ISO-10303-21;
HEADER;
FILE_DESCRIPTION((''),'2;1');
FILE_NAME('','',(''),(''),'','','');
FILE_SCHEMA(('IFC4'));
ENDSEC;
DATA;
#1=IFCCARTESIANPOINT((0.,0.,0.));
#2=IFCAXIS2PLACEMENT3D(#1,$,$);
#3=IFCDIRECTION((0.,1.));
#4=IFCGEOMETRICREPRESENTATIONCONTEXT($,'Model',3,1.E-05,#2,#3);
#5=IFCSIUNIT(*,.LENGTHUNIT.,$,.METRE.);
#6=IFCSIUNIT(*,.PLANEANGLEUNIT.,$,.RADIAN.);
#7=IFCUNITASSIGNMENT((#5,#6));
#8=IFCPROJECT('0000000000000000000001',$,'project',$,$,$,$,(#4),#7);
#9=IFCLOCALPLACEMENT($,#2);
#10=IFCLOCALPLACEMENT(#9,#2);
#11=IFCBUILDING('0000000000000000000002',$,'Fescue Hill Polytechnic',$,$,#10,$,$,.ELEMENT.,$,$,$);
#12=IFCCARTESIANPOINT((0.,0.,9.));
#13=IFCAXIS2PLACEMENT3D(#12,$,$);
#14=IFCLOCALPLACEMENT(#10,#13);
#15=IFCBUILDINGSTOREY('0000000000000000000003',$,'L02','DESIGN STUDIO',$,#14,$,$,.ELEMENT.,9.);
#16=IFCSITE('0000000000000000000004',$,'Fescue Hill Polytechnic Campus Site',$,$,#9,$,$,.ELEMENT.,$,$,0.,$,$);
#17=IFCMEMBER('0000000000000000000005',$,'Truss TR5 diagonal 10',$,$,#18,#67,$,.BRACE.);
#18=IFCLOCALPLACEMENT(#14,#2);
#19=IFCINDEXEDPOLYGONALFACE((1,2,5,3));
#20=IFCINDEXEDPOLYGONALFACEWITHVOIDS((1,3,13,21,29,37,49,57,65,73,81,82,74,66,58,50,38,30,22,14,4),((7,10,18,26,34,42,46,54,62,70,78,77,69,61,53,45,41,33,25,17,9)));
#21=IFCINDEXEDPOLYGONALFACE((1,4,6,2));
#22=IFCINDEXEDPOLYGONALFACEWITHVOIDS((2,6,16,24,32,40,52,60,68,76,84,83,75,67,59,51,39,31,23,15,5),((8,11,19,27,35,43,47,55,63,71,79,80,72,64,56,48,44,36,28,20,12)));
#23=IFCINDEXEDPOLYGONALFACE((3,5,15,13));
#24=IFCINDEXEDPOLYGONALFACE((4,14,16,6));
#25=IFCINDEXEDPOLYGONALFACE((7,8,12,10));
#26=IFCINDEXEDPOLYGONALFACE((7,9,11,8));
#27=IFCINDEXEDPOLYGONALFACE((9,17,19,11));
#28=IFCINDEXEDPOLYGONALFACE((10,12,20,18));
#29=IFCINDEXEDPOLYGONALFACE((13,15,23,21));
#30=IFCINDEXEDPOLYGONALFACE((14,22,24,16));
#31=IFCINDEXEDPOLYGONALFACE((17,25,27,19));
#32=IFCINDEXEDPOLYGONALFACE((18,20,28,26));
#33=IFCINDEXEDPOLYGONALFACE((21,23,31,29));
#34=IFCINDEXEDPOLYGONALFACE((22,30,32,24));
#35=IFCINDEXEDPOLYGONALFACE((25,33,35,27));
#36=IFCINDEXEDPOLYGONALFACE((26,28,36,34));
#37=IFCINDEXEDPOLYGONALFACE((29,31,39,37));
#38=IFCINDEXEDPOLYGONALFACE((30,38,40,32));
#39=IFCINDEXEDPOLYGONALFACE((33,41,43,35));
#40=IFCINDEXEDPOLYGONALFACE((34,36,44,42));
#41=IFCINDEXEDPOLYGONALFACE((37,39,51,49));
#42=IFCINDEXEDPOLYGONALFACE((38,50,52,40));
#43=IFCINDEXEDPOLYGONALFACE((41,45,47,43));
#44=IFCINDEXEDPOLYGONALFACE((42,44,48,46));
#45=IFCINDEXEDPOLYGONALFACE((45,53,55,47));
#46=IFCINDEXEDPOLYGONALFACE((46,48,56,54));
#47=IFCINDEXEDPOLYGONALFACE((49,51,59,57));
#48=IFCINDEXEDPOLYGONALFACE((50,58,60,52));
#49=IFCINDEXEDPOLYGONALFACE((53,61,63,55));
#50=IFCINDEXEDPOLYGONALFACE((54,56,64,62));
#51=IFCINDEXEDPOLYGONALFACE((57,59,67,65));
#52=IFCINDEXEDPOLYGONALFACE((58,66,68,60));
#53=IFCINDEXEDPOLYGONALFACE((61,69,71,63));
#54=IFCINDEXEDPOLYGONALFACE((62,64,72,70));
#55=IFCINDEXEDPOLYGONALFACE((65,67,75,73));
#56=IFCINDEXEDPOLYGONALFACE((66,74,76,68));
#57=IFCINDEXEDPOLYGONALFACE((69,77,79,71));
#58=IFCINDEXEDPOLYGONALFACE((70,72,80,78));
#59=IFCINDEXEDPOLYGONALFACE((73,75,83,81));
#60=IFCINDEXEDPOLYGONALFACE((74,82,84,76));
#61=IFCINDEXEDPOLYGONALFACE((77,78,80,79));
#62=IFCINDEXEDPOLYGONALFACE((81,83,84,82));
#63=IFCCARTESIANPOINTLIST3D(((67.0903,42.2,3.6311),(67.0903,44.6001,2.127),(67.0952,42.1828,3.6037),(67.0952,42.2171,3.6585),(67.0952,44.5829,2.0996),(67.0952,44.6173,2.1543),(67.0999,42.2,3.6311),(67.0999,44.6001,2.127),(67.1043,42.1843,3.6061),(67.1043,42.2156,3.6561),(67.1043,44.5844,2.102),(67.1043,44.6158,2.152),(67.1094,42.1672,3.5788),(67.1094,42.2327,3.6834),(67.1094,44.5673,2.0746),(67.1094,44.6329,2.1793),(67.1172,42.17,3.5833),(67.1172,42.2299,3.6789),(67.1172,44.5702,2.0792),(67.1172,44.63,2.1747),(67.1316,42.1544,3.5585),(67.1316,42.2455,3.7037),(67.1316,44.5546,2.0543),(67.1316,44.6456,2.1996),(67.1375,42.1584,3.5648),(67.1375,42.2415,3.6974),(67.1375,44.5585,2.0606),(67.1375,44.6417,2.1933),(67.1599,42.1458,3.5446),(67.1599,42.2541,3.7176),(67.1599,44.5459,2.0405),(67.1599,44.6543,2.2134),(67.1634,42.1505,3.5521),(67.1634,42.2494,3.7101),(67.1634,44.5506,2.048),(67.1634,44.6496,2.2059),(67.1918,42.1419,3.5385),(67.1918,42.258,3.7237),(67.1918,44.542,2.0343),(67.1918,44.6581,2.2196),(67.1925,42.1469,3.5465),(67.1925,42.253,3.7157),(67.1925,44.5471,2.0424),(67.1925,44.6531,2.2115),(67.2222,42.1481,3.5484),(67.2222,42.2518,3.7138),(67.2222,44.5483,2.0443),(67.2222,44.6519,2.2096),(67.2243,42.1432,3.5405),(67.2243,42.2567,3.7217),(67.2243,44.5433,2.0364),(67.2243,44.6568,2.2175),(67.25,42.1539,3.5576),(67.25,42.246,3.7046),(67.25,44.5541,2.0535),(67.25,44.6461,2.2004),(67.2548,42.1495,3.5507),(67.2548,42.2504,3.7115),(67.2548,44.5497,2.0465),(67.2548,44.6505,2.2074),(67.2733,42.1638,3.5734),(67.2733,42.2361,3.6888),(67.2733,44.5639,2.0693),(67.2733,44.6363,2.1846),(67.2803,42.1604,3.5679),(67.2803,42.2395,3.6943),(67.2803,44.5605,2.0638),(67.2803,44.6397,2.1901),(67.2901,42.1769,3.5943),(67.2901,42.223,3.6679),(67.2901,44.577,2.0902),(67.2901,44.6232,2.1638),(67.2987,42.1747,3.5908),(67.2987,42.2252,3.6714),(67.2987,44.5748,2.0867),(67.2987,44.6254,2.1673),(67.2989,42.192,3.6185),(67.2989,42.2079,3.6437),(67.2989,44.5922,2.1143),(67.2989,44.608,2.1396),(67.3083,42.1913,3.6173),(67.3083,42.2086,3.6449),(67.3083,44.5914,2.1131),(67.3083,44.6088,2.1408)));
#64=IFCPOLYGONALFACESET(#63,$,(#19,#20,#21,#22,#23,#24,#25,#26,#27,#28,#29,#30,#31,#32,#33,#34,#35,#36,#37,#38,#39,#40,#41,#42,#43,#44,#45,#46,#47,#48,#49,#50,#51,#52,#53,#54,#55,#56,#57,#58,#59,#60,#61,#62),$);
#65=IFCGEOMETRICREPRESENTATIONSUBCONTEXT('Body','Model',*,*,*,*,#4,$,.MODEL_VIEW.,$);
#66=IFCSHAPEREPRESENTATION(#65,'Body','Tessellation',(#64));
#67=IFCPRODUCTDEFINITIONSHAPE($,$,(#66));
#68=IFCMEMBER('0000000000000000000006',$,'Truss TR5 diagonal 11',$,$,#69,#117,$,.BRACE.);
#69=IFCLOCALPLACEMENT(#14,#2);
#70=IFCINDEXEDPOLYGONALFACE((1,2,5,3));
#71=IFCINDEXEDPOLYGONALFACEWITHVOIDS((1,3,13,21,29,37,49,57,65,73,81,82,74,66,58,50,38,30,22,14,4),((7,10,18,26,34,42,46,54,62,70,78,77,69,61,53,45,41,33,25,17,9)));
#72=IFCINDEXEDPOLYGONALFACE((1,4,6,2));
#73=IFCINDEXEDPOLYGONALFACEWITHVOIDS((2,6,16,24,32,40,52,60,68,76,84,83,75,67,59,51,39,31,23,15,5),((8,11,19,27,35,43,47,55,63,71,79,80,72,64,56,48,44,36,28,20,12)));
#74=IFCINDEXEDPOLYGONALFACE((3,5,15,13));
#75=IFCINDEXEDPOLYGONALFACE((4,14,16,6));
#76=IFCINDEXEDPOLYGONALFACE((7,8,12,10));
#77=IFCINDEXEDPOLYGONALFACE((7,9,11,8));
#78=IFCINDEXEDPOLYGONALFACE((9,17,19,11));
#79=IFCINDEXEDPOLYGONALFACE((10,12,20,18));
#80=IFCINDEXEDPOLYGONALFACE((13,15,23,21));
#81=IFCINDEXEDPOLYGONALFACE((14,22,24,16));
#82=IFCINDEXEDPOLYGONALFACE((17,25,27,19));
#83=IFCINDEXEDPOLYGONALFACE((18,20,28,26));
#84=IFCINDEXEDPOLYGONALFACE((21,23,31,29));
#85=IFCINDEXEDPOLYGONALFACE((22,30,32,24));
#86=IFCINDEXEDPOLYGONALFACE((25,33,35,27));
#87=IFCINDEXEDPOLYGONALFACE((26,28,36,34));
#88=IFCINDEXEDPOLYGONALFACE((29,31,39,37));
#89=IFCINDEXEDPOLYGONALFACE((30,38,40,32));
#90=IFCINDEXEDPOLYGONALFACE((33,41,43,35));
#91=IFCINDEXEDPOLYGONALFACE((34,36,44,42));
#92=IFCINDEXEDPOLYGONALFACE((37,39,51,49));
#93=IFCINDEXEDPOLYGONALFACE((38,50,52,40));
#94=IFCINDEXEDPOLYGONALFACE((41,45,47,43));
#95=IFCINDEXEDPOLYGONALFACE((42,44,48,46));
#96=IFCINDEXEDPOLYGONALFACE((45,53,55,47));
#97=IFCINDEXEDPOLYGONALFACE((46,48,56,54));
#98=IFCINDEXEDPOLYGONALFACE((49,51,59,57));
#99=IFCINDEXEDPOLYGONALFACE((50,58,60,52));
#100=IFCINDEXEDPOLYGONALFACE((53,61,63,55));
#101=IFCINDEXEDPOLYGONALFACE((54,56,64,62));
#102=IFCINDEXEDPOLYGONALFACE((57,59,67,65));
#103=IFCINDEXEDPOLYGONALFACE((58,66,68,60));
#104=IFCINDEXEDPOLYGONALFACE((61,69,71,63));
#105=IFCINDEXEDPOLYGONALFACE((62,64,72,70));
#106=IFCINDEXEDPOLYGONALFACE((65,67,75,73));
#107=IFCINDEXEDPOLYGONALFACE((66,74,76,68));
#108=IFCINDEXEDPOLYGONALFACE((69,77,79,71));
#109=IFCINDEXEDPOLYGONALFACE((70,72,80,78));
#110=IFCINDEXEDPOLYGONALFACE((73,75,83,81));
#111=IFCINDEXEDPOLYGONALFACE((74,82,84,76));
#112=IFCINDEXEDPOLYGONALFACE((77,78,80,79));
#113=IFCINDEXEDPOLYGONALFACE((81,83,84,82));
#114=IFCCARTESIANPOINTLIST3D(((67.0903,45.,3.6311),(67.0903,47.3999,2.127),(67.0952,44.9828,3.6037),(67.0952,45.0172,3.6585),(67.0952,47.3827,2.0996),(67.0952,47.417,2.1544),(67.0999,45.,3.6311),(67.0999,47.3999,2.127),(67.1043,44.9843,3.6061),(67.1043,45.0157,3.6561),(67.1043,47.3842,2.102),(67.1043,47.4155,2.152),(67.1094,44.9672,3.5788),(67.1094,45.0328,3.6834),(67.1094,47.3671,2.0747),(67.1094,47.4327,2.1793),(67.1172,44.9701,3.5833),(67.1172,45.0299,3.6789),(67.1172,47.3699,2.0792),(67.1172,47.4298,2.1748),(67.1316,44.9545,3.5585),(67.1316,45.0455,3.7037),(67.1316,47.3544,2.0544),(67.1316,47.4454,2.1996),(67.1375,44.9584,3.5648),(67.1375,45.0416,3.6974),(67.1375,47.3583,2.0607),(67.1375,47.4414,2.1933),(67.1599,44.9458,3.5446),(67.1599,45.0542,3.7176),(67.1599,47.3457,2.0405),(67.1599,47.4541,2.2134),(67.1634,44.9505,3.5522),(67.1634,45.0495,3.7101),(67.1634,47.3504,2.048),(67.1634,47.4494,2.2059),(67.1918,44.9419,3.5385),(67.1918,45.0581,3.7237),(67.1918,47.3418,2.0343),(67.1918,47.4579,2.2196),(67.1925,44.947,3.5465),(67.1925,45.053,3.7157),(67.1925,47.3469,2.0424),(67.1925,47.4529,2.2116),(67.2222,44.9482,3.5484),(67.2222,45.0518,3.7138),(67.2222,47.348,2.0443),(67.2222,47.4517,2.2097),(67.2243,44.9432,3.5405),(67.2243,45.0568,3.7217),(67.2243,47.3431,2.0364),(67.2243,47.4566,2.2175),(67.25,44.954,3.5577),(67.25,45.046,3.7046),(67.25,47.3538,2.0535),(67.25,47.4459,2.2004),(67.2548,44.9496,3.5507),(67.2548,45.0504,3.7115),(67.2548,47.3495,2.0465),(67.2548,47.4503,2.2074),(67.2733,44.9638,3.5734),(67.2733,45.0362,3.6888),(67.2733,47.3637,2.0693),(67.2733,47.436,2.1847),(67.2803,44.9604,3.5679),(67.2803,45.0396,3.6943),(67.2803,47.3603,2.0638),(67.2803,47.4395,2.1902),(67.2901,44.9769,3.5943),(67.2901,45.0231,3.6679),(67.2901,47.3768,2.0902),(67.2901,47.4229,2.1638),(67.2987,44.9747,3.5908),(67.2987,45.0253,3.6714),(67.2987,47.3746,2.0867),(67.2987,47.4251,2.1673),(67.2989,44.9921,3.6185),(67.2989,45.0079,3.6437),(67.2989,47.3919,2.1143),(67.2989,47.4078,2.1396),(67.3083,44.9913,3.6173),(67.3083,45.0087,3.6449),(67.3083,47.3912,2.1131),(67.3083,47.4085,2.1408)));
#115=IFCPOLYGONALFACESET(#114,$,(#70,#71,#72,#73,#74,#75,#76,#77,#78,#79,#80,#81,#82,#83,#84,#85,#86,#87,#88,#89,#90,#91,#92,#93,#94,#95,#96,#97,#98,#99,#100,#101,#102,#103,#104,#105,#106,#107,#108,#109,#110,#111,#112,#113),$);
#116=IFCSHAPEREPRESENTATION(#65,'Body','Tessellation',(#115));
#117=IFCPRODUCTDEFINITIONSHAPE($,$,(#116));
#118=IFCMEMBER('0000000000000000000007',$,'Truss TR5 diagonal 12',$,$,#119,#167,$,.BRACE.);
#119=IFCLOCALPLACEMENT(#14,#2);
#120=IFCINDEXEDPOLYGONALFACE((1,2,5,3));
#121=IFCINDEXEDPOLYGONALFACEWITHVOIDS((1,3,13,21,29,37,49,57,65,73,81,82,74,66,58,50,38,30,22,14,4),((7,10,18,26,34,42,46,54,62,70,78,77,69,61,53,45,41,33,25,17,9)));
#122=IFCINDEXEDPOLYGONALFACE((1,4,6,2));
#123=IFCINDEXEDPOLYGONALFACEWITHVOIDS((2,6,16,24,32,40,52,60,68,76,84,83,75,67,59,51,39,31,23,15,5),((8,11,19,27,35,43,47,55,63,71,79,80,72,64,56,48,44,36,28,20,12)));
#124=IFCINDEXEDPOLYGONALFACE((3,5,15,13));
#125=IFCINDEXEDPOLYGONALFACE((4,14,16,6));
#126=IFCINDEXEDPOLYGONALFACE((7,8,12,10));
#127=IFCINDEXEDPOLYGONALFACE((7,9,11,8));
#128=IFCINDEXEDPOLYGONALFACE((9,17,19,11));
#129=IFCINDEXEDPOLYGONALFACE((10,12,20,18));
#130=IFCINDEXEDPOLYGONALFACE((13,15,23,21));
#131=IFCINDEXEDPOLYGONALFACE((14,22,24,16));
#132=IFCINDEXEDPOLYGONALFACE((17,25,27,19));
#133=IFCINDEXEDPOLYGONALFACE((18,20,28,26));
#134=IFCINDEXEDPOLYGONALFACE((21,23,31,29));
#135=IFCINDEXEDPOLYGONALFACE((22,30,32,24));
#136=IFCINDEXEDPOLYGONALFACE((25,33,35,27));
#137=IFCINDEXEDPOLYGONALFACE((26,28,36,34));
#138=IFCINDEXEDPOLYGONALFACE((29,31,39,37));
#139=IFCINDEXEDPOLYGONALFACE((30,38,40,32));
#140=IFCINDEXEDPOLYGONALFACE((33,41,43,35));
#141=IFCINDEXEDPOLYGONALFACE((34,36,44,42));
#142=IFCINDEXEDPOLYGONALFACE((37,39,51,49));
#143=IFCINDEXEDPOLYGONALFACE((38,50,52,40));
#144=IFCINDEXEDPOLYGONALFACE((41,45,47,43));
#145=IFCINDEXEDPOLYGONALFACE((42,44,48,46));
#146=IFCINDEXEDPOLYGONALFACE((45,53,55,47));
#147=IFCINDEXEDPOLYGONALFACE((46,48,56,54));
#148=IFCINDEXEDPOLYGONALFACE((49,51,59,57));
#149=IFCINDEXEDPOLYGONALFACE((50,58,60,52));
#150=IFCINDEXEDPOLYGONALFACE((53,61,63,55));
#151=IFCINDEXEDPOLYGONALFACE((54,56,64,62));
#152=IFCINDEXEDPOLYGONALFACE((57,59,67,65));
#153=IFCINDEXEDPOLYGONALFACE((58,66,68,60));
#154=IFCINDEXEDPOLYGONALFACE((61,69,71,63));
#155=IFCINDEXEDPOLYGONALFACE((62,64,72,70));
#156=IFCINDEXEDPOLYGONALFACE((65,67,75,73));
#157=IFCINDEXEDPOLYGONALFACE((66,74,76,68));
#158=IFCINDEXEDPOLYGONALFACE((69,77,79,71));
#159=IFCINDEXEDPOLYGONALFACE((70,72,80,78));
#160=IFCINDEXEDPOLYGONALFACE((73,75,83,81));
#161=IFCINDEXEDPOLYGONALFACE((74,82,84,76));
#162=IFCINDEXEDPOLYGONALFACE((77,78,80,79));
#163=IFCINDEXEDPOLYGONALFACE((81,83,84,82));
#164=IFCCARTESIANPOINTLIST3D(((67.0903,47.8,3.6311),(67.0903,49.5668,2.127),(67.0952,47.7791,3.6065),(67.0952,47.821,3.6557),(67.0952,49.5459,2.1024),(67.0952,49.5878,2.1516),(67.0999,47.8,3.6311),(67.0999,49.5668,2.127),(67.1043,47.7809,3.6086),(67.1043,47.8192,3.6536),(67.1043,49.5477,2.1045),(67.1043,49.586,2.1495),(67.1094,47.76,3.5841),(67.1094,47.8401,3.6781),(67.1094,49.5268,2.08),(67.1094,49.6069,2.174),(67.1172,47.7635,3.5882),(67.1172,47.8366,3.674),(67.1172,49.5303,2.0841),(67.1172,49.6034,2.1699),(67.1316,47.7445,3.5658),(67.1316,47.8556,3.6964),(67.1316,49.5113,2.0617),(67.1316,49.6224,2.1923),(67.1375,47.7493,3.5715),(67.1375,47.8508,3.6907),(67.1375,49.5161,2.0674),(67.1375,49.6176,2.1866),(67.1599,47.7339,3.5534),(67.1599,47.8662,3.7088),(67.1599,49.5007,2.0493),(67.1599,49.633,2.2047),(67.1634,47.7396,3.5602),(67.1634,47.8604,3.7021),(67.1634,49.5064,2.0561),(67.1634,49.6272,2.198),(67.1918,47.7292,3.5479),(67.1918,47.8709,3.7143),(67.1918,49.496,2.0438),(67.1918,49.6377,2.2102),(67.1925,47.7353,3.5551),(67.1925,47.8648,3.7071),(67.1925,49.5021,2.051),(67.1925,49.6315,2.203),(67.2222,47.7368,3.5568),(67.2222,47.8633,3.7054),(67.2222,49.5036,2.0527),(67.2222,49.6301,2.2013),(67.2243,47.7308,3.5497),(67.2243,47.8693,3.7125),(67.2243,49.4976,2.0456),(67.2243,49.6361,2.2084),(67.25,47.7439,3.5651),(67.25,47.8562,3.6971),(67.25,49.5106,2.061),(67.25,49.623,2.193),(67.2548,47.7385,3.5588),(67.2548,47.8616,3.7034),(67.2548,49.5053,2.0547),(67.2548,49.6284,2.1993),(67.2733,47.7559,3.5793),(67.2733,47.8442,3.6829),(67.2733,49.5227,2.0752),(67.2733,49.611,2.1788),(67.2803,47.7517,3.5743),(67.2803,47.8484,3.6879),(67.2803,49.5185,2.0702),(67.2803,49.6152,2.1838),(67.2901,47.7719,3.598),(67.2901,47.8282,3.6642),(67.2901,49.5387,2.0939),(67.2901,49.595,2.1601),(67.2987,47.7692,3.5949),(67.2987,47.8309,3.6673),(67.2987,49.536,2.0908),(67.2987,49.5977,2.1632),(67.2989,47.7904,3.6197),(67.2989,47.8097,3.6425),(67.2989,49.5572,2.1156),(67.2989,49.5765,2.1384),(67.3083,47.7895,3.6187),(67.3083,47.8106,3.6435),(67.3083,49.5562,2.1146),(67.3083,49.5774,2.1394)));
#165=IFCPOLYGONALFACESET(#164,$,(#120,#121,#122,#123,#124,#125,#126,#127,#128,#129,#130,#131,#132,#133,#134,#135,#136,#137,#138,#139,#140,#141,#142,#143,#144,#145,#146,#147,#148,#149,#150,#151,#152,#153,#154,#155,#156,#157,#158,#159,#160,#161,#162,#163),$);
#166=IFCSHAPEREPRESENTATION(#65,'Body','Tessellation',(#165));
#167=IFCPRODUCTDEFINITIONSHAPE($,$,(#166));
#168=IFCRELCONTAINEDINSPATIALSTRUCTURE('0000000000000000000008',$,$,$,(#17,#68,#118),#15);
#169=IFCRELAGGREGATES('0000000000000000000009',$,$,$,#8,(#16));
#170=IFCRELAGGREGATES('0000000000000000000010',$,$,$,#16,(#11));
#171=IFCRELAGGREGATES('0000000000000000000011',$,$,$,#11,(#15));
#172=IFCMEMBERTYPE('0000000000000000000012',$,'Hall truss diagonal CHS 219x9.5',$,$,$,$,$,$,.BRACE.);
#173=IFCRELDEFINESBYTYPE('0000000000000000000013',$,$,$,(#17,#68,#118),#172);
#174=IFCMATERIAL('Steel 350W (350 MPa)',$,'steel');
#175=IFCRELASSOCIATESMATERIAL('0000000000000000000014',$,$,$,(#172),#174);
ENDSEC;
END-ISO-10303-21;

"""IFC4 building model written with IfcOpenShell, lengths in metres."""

from ifc_helpers import new_model, si_unit, direction, frame, origin, origin_2d, place, context, subcontext, project, spatial, hollow_circle, extrude, material, material_profile, profile_set, type_object, element, save


model = new_model("IFC4")

# Units and contexts
model_context = context("Model", 3, precision=1e-05, world=origin(), true_north=direction((0.0, 1.0)))
body_context = subcontext(model_context, "Body", "Model", "MODEL_VIEW")
ifc_project = project(units=[si_unit("LENGTHUNIT", "METRE"), si_unit("PLANEANGLEUNIT", "RADIAN")], contexts=[model_context])

# Site, building, storey
site_placement = place(None, origin())
site = spatial("IfcSite", under=ifc_project, at=site_placement, Name="Fescue Hill Polytechnic Campus Site", CompositionType="ELEMENT", RefElevation=0.0)
building_placement = place(site_placement, origin())
building = spatial("IfcBuilding", under=site, at=building_placement, Name="Fescue Hill Polytechnic", CompositionType="ELEMENT")
storey_placement = place(building_placement, frame((0.0, 0.0, 9.0)))
storey = spatial("IfcBuildingStorey", under=building, at=storey_placement, Name="L02", Description="DESIGN STUDIO", CompositionType="ELEMENT", Elevation=9.0)

# Members
ifc_material_1 = material(Name="Steel 350W (350 MPa)", Category="steel")
ifc_material_profile_1 = material_profile(ifc_material_1, hollow_circle(Radius=0.1096, WallThickness=0.0095, at=origin_2d()), Name="Hall truss diagonal CHS 219x9.5")
ifc_profile_set_1 = profile_set([ifc_material_profile_1], Name="Steel 350W (350 MPa)")
member_type_1 = type_object("IfcMemberType", Name="Hall truss diagonal CHS 219x9.5", PredefinedType="BRACE", material=ifc_profile_set_1)
member_1_placement = place(storey_placement, frame((67.2, 42.2, 3.6311), z_axis=(0.0, 0.847354, -0.531029), x_axis=(-1.0, 0.0, 0.0)))
element("IfcMember", 1, at=member_1_placement, inside=storey, type_object=member_type_1, Name="Truss TR5 diagonal 10", PredefinedType="BRACE", context=body_context, shape_type="SweptSolid", body=[
    extrude(hollow_circle(Radius=0.1096, WallThickness=0.0095, at=origin_2d()), origin(), (0.0, 0.0, 1.0), 2.8325),
])
member_2_placement = place(storey_placement, frame((67.2, 45.0, 3.6311), z_axis=(0.0, 0.847329, -0.531068), x_axis=(-1.0, 0.0, 0.0)))
element("IfcMember", 2, at=member_2_placement, inside=storey, type_object=member_type_1, Name="Truss TR5 diagonal 11", PredefinedType="BRACE", context=body_context, shape_type="SweptSolid", body=[
    extrude(hollow_circle(Radius=0.1096, WallThickness=0.0095, at=origin_2d()), origin(), (0.0, 0.0, 1.0), 2.8323),
])
member_3_placement = place(storey_placement, frame((67.2, 47.8, 3.6311), z_axis=(0.0, 0.761443, -0.648232), x_axis=(-1.0, 0.0, 0.0)))
element("IfcMember", 3, at=member_3_placement, inside=storey, type_object=member_type_1, Name="Truss TR5 diagonal 12", PredefinedType="BRACE", context=body_context, shape_type="SweptSolid", body=[
    extrude(hollow_circle(Radius=0.1096, WallThickness=0.0095, at=origin_2d()), origin(), (0.0, 0.0, 1.0), 2.3203),
])

save(model, "model.ifc")
